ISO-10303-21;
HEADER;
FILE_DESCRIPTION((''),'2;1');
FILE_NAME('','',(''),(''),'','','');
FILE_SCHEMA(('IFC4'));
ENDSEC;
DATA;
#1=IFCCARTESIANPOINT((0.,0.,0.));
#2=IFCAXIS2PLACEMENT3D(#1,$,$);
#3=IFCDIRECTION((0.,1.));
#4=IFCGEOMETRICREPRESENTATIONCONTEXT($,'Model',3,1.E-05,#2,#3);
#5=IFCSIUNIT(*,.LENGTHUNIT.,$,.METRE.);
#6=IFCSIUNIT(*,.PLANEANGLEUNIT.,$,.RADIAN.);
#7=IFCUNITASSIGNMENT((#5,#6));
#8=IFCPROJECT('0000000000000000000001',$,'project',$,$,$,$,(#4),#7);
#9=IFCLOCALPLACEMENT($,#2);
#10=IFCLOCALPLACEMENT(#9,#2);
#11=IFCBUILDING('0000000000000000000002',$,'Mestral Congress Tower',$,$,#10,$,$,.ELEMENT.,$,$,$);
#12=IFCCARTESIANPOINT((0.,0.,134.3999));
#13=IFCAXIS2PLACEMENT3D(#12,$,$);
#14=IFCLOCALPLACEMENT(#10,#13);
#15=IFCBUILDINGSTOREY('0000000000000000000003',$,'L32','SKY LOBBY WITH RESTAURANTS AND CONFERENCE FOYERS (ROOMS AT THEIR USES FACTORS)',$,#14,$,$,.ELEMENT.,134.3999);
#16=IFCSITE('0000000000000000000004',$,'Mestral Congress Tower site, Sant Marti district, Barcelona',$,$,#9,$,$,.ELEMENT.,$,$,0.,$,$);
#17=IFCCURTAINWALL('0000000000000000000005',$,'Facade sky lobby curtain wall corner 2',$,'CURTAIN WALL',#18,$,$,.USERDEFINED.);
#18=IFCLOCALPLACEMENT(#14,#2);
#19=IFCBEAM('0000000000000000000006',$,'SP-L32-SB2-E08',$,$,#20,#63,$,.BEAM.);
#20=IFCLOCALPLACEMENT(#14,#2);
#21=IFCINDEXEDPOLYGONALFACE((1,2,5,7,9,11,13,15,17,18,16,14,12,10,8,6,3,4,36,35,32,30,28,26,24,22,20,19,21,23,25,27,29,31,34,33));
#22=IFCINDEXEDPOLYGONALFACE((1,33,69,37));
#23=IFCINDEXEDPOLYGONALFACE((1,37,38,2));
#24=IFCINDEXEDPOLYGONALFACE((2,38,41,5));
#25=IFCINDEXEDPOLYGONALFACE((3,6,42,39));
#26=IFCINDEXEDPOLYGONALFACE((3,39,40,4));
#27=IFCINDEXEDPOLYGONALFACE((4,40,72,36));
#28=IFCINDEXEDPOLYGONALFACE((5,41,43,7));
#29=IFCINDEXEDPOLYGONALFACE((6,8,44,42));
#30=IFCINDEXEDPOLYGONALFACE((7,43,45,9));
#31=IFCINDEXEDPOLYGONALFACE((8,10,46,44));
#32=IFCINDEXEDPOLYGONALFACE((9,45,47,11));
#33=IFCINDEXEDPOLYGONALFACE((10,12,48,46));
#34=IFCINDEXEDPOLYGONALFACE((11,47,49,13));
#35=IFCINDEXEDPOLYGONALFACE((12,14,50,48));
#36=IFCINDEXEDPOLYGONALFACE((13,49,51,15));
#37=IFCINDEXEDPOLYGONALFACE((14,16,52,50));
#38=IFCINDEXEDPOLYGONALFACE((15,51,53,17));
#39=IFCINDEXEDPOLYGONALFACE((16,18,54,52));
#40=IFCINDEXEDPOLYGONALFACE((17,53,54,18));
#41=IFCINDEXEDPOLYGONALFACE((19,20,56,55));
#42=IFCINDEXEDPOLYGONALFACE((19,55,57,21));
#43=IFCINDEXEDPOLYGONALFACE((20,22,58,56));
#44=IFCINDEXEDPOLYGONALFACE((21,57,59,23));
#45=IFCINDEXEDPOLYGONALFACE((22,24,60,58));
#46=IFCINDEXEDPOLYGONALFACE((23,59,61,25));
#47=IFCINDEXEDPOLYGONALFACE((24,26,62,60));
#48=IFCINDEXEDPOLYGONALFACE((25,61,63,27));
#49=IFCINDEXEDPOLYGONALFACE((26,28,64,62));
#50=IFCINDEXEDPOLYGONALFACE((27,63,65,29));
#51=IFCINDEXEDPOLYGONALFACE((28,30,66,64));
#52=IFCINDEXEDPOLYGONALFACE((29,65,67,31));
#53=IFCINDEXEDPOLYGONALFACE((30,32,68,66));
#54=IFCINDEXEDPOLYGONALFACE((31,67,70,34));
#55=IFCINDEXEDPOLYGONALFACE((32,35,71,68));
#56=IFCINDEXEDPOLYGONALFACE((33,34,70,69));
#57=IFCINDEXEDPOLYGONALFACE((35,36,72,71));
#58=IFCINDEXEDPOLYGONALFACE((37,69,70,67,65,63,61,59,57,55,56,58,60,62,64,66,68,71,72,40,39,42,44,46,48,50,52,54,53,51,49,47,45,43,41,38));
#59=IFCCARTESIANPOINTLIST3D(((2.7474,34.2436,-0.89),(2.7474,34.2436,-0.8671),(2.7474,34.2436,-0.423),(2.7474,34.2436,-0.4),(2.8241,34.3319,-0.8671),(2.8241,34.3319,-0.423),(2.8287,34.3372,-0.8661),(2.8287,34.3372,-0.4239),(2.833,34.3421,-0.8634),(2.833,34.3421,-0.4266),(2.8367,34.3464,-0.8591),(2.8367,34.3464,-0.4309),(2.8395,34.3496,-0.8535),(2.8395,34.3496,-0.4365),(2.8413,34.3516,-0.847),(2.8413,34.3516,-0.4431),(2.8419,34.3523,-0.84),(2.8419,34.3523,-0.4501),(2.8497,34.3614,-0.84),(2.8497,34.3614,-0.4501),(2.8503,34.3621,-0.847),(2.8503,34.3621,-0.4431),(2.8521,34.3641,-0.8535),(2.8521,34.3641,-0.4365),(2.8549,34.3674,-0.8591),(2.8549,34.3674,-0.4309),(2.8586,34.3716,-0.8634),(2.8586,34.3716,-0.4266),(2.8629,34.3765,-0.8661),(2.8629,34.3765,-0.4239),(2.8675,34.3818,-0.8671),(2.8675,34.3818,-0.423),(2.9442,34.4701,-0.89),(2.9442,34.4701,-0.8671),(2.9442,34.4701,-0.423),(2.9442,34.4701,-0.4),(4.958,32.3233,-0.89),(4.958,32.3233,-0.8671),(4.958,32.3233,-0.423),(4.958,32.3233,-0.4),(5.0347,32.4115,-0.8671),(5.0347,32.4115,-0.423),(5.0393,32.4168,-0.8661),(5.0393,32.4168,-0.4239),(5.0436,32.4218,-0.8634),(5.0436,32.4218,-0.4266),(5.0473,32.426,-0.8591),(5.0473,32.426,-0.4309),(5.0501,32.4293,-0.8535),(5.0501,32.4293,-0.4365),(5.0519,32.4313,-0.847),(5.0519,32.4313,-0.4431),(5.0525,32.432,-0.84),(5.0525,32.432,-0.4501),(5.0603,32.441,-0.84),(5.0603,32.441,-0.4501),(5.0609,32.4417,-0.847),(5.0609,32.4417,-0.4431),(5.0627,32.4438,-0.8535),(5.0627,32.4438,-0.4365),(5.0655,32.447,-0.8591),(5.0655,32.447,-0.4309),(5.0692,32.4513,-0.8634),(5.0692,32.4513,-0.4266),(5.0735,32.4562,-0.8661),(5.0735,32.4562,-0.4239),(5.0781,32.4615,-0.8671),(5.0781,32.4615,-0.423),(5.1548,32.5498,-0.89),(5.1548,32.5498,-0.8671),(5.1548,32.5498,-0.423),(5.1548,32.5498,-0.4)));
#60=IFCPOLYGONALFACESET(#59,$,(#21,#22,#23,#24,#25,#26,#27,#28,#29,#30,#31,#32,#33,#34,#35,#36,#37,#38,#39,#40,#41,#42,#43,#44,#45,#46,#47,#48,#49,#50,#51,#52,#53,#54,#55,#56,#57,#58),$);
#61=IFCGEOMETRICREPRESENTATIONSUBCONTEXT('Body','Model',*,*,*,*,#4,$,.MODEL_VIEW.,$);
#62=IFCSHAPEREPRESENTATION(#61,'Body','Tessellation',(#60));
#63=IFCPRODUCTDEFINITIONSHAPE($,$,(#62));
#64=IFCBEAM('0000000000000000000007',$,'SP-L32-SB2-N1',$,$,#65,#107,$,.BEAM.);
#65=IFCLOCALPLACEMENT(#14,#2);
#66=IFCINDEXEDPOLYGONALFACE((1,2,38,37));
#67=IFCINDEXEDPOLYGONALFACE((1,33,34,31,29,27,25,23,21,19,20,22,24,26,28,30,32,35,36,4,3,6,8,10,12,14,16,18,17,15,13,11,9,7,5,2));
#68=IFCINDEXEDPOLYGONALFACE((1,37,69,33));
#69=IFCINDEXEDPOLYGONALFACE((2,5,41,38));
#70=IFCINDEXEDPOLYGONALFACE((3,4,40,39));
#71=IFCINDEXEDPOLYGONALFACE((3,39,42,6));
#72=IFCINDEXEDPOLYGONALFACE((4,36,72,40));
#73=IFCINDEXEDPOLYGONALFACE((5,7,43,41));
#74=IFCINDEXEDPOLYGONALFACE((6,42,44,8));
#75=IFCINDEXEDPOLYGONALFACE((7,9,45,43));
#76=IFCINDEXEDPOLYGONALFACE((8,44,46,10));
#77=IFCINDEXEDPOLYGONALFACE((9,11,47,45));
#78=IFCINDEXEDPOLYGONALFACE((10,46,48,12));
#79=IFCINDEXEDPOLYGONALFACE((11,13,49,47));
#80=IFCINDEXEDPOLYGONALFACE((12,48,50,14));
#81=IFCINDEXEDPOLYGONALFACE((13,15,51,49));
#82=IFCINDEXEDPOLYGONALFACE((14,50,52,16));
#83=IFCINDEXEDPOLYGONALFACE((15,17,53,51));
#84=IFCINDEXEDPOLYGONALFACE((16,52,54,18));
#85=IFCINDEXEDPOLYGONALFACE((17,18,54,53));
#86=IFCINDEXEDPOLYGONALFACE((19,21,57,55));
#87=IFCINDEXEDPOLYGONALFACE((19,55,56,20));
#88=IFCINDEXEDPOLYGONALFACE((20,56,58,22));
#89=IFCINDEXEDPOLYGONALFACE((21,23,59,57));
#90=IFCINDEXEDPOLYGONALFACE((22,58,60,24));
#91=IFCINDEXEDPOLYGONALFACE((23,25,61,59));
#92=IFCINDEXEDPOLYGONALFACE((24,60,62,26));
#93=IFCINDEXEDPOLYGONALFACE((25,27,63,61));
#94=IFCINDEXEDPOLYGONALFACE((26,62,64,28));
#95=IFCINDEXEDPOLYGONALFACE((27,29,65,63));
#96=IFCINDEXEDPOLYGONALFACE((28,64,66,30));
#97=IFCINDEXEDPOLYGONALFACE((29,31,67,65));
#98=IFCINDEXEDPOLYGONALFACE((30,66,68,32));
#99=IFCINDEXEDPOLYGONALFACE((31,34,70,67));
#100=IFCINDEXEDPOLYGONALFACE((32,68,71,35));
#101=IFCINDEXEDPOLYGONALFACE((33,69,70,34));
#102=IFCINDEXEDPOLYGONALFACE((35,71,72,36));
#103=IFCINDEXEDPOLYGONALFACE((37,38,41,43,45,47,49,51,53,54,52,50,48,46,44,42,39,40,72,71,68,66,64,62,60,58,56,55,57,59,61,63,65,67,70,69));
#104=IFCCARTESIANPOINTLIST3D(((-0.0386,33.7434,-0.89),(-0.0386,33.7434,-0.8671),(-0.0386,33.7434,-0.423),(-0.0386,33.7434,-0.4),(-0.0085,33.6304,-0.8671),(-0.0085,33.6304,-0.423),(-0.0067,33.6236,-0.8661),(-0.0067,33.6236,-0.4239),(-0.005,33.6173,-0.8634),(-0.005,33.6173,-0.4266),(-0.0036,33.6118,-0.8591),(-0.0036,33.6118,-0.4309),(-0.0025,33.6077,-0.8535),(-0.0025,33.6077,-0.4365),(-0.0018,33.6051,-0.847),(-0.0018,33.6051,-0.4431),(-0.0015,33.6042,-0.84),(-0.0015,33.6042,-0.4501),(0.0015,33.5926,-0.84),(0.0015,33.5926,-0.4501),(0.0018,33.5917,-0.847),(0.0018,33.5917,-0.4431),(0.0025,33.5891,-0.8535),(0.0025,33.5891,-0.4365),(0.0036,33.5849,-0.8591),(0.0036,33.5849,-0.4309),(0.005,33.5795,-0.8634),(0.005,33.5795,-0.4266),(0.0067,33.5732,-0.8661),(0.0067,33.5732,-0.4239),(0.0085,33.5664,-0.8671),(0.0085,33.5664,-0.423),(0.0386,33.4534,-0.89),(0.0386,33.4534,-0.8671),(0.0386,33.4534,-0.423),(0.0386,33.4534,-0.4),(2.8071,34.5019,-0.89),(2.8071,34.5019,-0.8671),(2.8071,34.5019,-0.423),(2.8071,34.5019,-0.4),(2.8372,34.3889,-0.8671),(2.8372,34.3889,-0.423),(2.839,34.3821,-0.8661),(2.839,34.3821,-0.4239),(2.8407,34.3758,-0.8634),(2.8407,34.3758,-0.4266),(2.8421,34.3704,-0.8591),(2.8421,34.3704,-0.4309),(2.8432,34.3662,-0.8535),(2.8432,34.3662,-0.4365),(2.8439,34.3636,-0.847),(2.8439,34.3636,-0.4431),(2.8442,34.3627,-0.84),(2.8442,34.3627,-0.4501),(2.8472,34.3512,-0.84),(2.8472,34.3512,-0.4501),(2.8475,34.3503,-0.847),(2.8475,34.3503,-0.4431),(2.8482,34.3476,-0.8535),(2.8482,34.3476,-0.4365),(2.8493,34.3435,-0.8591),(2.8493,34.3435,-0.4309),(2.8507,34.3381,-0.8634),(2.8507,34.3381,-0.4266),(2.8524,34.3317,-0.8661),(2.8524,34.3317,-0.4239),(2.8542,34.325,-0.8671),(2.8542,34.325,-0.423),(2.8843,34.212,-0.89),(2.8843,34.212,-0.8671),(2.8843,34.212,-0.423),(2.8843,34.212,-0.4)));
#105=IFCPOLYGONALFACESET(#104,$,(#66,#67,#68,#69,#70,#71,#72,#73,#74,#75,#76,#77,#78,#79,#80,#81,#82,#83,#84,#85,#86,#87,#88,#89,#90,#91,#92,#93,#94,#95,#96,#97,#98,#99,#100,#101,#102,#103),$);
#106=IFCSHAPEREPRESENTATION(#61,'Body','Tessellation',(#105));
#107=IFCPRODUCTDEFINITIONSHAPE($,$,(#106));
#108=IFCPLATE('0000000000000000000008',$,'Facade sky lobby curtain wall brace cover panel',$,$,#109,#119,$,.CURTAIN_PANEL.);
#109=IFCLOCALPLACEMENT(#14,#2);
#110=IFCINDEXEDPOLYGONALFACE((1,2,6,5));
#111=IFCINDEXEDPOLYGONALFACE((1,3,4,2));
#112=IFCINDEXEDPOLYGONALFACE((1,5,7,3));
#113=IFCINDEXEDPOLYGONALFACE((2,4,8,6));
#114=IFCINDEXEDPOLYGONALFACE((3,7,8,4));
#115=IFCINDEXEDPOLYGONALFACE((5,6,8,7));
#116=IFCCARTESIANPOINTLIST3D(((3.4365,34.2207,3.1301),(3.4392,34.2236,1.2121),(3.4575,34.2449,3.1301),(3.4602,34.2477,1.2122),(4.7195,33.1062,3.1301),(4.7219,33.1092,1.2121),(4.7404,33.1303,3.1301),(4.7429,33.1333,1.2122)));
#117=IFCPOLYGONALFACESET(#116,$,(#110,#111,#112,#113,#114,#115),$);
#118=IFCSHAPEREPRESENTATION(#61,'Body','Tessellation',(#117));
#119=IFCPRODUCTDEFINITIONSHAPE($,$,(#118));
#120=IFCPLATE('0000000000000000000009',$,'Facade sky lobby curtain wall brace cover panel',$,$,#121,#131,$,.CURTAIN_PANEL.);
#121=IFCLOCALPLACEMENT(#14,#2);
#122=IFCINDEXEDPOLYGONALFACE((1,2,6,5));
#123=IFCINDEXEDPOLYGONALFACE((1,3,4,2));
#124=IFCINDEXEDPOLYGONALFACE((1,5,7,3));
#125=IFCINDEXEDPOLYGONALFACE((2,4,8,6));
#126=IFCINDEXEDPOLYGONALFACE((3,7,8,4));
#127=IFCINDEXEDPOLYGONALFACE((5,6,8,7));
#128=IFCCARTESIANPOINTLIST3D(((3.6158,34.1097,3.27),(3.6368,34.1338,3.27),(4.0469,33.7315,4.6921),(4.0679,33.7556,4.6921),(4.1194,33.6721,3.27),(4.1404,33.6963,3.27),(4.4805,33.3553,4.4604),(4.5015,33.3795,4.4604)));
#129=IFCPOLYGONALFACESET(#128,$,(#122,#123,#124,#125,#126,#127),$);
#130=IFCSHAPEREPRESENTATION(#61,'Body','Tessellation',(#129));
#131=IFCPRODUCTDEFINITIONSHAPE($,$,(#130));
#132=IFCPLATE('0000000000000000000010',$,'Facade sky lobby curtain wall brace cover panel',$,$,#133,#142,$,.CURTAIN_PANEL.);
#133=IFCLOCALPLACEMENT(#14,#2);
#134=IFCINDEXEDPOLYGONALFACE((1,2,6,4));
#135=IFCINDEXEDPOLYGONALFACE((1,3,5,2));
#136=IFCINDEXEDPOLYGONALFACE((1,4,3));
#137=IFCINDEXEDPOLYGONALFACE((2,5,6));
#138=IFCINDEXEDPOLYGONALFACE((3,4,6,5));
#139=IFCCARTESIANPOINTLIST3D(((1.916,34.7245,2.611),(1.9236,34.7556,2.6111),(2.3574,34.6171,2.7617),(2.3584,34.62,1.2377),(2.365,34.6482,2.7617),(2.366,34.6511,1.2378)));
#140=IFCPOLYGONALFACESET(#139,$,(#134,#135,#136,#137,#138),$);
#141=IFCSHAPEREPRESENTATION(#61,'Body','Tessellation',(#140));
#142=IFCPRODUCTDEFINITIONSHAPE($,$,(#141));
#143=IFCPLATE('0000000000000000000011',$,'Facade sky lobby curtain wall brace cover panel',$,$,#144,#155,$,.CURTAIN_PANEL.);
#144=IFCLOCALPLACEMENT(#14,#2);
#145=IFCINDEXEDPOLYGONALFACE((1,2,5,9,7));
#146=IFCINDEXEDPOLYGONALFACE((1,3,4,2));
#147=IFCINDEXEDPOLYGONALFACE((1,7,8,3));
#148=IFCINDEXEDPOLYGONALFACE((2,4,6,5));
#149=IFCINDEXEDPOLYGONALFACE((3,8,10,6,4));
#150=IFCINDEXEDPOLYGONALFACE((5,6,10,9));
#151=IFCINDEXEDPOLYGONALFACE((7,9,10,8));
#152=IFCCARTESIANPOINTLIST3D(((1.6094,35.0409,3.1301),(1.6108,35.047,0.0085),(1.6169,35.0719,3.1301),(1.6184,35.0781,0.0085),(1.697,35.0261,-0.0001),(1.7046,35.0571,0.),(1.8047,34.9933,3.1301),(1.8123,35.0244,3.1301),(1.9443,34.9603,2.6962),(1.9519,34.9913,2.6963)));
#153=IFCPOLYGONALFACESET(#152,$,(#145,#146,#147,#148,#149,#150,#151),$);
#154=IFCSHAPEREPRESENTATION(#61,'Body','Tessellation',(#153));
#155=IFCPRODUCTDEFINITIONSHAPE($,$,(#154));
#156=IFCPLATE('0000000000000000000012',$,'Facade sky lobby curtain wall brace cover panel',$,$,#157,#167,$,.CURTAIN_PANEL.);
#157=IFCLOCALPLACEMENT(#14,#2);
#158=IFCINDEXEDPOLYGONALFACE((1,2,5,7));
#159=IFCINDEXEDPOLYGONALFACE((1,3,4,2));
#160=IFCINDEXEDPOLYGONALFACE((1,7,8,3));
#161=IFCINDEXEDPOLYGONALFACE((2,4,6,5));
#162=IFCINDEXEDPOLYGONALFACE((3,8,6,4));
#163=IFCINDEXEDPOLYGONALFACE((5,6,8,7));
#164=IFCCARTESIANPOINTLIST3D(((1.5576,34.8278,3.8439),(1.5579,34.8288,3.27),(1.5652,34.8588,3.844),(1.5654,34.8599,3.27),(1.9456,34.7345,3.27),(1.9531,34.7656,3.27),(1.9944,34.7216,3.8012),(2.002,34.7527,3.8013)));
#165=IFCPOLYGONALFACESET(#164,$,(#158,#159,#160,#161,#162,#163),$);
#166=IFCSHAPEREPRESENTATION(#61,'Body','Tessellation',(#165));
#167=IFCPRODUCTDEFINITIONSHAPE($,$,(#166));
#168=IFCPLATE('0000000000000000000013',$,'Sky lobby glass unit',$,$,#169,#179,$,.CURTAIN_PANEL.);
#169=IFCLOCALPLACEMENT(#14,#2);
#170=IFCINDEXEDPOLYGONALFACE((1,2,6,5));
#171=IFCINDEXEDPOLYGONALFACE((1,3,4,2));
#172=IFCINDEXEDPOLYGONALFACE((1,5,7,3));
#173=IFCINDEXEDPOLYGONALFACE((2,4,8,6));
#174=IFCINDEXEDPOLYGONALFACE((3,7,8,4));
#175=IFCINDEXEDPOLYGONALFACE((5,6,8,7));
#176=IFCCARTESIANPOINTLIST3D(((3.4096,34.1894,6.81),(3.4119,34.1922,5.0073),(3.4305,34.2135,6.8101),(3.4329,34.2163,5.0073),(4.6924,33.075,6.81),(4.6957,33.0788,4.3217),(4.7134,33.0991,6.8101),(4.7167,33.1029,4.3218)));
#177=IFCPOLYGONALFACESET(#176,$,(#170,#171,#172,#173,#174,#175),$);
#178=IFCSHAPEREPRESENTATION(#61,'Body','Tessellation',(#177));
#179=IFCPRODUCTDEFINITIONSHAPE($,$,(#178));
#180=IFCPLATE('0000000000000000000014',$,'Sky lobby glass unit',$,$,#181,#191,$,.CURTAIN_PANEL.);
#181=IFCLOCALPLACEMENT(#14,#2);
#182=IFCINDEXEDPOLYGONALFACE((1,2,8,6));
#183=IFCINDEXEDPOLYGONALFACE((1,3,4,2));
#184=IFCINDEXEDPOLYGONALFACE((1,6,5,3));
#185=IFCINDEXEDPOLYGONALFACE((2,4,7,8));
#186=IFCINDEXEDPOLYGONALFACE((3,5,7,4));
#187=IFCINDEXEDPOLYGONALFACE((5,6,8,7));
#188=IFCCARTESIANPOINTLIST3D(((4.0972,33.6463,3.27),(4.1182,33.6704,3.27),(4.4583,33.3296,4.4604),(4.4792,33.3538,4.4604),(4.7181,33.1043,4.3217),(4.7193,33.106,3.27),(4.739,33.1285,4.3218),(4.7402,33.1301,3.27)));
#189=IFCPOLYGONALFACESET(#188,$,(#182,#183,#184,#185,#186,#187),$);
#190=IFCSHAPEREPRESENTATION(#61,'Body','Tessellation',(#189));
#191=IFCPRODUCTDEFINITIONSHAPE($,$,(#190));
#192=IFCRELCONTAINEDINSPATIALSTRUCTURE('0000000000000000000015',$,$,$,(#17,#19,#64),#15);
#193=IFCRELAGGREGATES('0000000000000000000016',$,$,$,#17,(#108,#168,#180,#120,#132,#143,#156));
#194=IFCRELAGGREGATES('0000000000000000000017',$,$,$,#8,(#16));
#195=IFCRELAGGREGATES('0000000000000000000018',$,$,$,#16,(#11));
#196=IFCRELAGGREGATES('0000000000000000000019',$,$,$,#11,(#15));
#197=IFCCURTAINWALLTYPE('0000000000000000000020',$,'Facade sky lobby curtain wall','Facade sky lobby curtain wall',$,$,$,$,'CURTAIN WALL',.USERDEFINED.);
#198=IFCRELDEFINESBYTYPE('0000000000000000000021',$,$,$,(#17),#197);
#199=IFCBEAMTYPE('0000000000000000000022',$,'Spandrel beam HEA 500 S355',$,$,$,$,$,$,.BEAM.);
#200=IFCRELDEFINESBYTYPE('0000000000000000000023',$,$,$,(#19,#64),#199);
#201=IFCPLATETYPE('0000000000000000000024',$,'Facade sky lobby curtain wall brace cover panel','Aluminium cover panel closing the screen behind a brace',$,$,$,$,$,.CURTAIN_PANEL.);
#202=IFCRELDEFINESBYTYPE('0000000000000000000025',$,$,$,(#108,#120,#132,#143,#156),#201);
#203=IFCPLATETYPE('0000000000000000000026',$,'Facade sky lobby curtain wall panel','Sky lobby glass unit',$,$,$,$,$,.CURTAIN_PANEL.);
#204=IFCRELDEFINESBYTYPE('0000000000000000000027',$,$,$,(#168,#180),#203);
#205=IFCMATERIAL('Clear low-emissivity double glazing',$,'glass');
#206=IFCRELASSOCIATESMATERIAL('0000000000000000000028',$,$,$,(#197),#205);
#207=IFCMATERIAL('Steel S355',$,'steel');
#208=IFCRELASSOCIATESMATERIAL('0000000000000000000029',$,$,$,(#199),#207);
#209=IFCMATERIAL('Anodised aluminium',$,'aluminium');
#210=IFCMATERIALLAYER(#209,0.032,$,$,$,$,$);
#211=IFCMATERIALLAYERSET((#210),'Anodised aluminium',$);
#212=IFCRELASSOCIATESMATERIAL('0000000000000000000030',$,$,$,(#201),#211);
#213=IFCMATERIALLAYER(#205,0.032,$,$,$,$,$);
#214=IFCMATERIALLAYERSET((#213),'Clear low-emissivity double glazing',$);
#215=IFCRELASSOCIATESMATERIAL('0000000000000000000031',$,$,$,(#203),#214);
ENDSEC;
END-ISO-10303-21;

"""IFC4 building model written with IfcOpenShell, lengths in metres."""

from ifc_helpers import new_model, si_unit, direction, frame, origin, origin_2d, place, context, subcontext, project, spatial, polyline, i_section, outline, extrude, material, layer, layer_set, material_profile, profile_set, type_object, element, aggregate, save


model = new_model("IFC4")

# Units and contexts
model_context = context("Model", 3, precision=1e-05, world=origin(), true_north=direction((0.0, 1.0)))
body_context = subcontext(model_context, "Body", "Model", "MODEL_VIEW")
ifc_project = project(units=[si_unit("LENGTHUNIT", "METRE"), si_unit("PLANEANGLEUNIT", "RADIAN")], contexts=[model_context])

# Site, building, storey
site_placement = place(None, origin())
site = spatial("IfcSite", under=ifc_project, at=site_placement, Name="Mestral Congress Tower site, Sant Marti district, Barcelona", CompositionType="ELEMENT", RefElevation=0.0)
building_placement = place(site_placement, origin())
building = spatial("IfcBuilding", under=site, at=building_placement, Name="Mestral Congress Tower", CompositionType="ELEMENT")
storey_placement = place(building_placement, frame((0.0, 0.0, 134.3999)))
storey = spatial("IfcBuildingStorey", under=building, at=storey_placement, Name="L32", Description="SKY LOBBY WITH RESTAURANTS AND CONFERENCE FOYERS (ROOMS AT THEIR USES FACTORS)", CompositionType="ELEMENT", Elevation=134.3999)

# Shared definitions
ifc_material_1 = material(Name="Steel S355", Category="steel")

# Curtain wall
ifc_material_2 = material(Name="Clear low-emissivity double glazing", Category="glass")
curtain_wall_type = type_object("IfcCurtainWallType", Name="Facade sky lobby curtain wall", Description="Facade sky lobby curtain wall", ElementType="CURTAIN WALL", PredefinedType="USERDEFINED", material=ifc_material_2)
curtain_wall_placement = place(storey_placement, origin())
curtain_wall = element("IfcCurtainWall", 1, at=curtain_wall_placement, inside=storey, type_object=curtain_wall_type, Name="Facade sky lobby curtain wall corner 2", ObjectType="CURTAIN WALL", PredefinedType="USERDEFINED")
ifc_material_3 = material(Name="Anodised aluminium", Category="aluminium")

# Beams
ifc_material_profile_1 = material_profile(ifc_material_1, i_section(OverallWidth=0.3, OverallDepth=0.49, WebThickness=0.012, FlangeThickness=0.0229, FilletRadius=0.0271, at=origin_2d()), Name="HEA 500")
ifc_profile_set_1 = profile_set([ifc_material_profile_1], Name="Steel S355")
beam_type_1 = type_object("IfcBeamType", Name="Spandrel beam HEA 500 S355", PredefinedType="BEAM", material=ifc_profile_set_1)
beam_1_placement = place(storey_placement, frame((5.0564, 32.4365, -0.645), z_axis=(-0.754932, 0.655803, 0.0), x_axis=(-0.655803, -0.754932, 0.0)))
element("IfcBeam", 2, at=beam_1_placement, inside=storey, type_object=beam_type_1, Name="SP-L32-SB2-E08", PredefinedType="BEAM", context=body_context, shape_type="SweptSolid", body=[
    extrude(i_section(OverallWidth=0.3, OverallDepth=0.49, WebThickness=0.012, FlangeThickness=0.0229, FilletRadius=0.0271, at=origin_2d()), origin(), (0.0, 0.0, 1.0), 2.9282),
])
beam_2_placement = place(storey_placement, frame((2.8457, 34.3569, -0.645), z_axis=(-0.966261, -0.257565, 0.0), x_axis=(0.257565, -0.966261, 0.0)))
element("IfcBeam", 3, at=beam_2_placement, inside=storey, type_object=beam_type_1, Name="SP-L32-SB2-N1", PredefinedType="BEAM", context=body_context, shape_type="SweptSolid", body=[
    extrude(i_section(OverallWidth=0.3, OverallDepth=0.49, WebThickness=0.012, FlangeThickness=0.0229, FilletRadius=0.0271, at=origin_2d()), origin(), (0.0, 0.0, 1.0), 2.9451),
])

# Plates
ifc_layer_1 = layer(ifc_material_3, 0.032)
ifc_layer_set_1 = layer_set([ifc_layer_1], Name="Anodised aluminium")
plate_type_1 = type_object("IfcPlateType", Name="Facade sky lobby curtain wall brace cover panel", Description="Aluminium cover panel closing the screen behind a brace", PredefinedType="CURTAIN_PANEL", material=ifc_layer_set_1)
plate_1_placement = place(storey_placement, frame((3.4575, 34.2449, 3.1301), z_axis=(0.655839, 0.754898, 0.00203), x_axis=(0.001373, 0.001496, -0.999998)))
plate_1 = element("IfcPlate", 4, at=plate_1_placement, type_object=plate_type_1, Name="Facade sky lobby curtain wall brace cover panel", PredefinedType="CURTAIN_PANEL", context=body_context, shape_type="SweptSolid", body=[
    extrude(outline(polyline([(0.0, 0.0), (1.918, 0.0), (1.9181, -1.6993), (0.0001, -1.6994), (0.0, 0.0)])), origin(), (0.0, 0.0, -1.0), 0.032),
])
plate_2_placement = place(storey_placement, frame((4.1404, 33.6963, 3.27), z_axis=(0.655863, 0.754878, 0.00195), x_axis=(0.281318, -0.246814, 0.927331)))
plate_2 = element("IfcPlate", 5, at=plate_2_placement, type_object=plate_type_1, Name="Facade sky lobby curtain wall brace cover panel", PredefinedType="CURTAIN_PANEL", context=body_context, shape_type="SweptSolid", body=[
    extrude(outline(polyline([(0.0, 0.0), (1.2837, 0.0), (1.2837, -0.6191), (-0.2497, -0.6187), (0.0, 0.0)])), origin(), (0.0, 0.0, -1.0), 0.032),
])
plate_3_placement = place(storey_placement, frame((2.365, 34.6482, 2.7617), z_axis=(0.23581, 0.971797, 0.002019), x_axis=(-0.922263, 0.224444, -0.314732)))
plate_3 = element("IfcPlate", 6, at=plate_3_placement, type_object=plate_type_1, Name="Facade sky lobby curtain wall brace cover panel", PredefinedType="CURTAIN_PANEL", context=body_context, shape_type="SweptSolid", body=[
    extrude(outline(polyline([(0.0, 0.0), (0.4786, 0.0), (0.4794, -1.4466), (0.0, 0.0)])), origin(), (0.0, 0.0, -1.0), 0.032),
])
plate_4_placement = place(storey_placement, frame((1.7046, 35.0571, 0.0), z_axis=(0.236445, 0.971643, 0.002023), x_axis=(0.091303, -0.024291, 0.995527)))
plate_4 = element("IfcPlate", 7, at=plate_4_placement, type_object=plate_type_1, Name="Facade sky lobby curtain wall brace cover panel", PredefinedType="CURTAIN_PANEL", context=body_context, shape_type="SweptSolid", body=[
    extrude(outline(polyline([(0.0, 0.0), (2.7084, 0.0), (3.1268, -0.1838), (3.1078, -0.384), (0.0001, -0.0891), (0.0, 0.0)])), origin(), (0.0, 0.0, -1.0), 0.032),
])
plate_5_placement = place(storey_placement, frame((1.5654, 34.8599, 3.27), z_axis=(0.236324, 0.971673, 0.001846), x_axis=(0.971674, -0.236324, 0.0)))
plate_5 = element("IfcPlate", 8, at=plate_5_placement, type_object=plate_type_1, Name="Facade sky lobby curtain wall brace cover panel", PredefinedType="CURTAIN_PANEL", context=body_context, shape_type="SweptSolid", body=[
    extrude(outline(polyline([(0.0, 0.0), (0.399, 0.0), (0.4495, -0.5313), (0.0, -0.574), (0.0, 0.0)])), origin(), (0.0, 0.0, -1.0), 0.032),
])
ifc_layer_2 = layer(ifc_material_2, 0.032)
ifc_layer_set_2 = layer_set([ifc_layer_2], Name="Clear low-emissivity double glazing")
plate_type_2 = type_object("IfcPlateType", Name="Facade sky lobby curtain wall panel", Description="Sky lobby glass unit", PredefinedType="CURTAIN_PANEL", material=ifc_layer_set_2)
plate_6_placement = place(storey_placement, frame((4.7134, 33.0991, 6.8101), z_axis=(0.6558, 0.754932, 0.002018), x_axis=(-0.754934, 0.655801, 0.0)))
plate_6 = element("IfcPlate", 9, at=plate_6_placement, type_object=plate_type_2, Name="Sky lobby glass unit", PredefinedType="CURTAIN_PANEL", context=body_context, shape_type="SweptSolid", body=[
    extrude(outline(polyline([(0.0, 0.0), (1.6993, 0.0), (1.6994, -1.8027), (0.0, -2.4883), (0.0, 0.0)])), origin(), (0.0, 0.0, -1.0), 0.032),
])
plate_7_placement = place(storey_placement, frame((4.7402, 33.1301, 3.27), z_axis=(0.655772, 0.754957, 0.001944), x_axis=(-0.001132, -0.001592, 0.999998)))
plate_7 = element("IfcPlate", 10, at=plate_7_placement, type_object=plate_type_2, Name="Sky lobby glass unit", PredefinedType="CURTAIN_PANEL", context=body_context, shape_type="SweptSolid", body=[
    extrude(outline(polyline([(0.0, 0.0), (1.0518, 0.0), (1.1904, -0.3439), (-0.0002, -0.8239), (0.0, 0.0)])), origin(), (0.0, 0.0, -1.0), 0.032),
])

aggregate(curtain_wall, [plate_1, plate_6, plate_7, plate_2, plate_3, plate_4, plate_5])

save(model, "model.ifc")
